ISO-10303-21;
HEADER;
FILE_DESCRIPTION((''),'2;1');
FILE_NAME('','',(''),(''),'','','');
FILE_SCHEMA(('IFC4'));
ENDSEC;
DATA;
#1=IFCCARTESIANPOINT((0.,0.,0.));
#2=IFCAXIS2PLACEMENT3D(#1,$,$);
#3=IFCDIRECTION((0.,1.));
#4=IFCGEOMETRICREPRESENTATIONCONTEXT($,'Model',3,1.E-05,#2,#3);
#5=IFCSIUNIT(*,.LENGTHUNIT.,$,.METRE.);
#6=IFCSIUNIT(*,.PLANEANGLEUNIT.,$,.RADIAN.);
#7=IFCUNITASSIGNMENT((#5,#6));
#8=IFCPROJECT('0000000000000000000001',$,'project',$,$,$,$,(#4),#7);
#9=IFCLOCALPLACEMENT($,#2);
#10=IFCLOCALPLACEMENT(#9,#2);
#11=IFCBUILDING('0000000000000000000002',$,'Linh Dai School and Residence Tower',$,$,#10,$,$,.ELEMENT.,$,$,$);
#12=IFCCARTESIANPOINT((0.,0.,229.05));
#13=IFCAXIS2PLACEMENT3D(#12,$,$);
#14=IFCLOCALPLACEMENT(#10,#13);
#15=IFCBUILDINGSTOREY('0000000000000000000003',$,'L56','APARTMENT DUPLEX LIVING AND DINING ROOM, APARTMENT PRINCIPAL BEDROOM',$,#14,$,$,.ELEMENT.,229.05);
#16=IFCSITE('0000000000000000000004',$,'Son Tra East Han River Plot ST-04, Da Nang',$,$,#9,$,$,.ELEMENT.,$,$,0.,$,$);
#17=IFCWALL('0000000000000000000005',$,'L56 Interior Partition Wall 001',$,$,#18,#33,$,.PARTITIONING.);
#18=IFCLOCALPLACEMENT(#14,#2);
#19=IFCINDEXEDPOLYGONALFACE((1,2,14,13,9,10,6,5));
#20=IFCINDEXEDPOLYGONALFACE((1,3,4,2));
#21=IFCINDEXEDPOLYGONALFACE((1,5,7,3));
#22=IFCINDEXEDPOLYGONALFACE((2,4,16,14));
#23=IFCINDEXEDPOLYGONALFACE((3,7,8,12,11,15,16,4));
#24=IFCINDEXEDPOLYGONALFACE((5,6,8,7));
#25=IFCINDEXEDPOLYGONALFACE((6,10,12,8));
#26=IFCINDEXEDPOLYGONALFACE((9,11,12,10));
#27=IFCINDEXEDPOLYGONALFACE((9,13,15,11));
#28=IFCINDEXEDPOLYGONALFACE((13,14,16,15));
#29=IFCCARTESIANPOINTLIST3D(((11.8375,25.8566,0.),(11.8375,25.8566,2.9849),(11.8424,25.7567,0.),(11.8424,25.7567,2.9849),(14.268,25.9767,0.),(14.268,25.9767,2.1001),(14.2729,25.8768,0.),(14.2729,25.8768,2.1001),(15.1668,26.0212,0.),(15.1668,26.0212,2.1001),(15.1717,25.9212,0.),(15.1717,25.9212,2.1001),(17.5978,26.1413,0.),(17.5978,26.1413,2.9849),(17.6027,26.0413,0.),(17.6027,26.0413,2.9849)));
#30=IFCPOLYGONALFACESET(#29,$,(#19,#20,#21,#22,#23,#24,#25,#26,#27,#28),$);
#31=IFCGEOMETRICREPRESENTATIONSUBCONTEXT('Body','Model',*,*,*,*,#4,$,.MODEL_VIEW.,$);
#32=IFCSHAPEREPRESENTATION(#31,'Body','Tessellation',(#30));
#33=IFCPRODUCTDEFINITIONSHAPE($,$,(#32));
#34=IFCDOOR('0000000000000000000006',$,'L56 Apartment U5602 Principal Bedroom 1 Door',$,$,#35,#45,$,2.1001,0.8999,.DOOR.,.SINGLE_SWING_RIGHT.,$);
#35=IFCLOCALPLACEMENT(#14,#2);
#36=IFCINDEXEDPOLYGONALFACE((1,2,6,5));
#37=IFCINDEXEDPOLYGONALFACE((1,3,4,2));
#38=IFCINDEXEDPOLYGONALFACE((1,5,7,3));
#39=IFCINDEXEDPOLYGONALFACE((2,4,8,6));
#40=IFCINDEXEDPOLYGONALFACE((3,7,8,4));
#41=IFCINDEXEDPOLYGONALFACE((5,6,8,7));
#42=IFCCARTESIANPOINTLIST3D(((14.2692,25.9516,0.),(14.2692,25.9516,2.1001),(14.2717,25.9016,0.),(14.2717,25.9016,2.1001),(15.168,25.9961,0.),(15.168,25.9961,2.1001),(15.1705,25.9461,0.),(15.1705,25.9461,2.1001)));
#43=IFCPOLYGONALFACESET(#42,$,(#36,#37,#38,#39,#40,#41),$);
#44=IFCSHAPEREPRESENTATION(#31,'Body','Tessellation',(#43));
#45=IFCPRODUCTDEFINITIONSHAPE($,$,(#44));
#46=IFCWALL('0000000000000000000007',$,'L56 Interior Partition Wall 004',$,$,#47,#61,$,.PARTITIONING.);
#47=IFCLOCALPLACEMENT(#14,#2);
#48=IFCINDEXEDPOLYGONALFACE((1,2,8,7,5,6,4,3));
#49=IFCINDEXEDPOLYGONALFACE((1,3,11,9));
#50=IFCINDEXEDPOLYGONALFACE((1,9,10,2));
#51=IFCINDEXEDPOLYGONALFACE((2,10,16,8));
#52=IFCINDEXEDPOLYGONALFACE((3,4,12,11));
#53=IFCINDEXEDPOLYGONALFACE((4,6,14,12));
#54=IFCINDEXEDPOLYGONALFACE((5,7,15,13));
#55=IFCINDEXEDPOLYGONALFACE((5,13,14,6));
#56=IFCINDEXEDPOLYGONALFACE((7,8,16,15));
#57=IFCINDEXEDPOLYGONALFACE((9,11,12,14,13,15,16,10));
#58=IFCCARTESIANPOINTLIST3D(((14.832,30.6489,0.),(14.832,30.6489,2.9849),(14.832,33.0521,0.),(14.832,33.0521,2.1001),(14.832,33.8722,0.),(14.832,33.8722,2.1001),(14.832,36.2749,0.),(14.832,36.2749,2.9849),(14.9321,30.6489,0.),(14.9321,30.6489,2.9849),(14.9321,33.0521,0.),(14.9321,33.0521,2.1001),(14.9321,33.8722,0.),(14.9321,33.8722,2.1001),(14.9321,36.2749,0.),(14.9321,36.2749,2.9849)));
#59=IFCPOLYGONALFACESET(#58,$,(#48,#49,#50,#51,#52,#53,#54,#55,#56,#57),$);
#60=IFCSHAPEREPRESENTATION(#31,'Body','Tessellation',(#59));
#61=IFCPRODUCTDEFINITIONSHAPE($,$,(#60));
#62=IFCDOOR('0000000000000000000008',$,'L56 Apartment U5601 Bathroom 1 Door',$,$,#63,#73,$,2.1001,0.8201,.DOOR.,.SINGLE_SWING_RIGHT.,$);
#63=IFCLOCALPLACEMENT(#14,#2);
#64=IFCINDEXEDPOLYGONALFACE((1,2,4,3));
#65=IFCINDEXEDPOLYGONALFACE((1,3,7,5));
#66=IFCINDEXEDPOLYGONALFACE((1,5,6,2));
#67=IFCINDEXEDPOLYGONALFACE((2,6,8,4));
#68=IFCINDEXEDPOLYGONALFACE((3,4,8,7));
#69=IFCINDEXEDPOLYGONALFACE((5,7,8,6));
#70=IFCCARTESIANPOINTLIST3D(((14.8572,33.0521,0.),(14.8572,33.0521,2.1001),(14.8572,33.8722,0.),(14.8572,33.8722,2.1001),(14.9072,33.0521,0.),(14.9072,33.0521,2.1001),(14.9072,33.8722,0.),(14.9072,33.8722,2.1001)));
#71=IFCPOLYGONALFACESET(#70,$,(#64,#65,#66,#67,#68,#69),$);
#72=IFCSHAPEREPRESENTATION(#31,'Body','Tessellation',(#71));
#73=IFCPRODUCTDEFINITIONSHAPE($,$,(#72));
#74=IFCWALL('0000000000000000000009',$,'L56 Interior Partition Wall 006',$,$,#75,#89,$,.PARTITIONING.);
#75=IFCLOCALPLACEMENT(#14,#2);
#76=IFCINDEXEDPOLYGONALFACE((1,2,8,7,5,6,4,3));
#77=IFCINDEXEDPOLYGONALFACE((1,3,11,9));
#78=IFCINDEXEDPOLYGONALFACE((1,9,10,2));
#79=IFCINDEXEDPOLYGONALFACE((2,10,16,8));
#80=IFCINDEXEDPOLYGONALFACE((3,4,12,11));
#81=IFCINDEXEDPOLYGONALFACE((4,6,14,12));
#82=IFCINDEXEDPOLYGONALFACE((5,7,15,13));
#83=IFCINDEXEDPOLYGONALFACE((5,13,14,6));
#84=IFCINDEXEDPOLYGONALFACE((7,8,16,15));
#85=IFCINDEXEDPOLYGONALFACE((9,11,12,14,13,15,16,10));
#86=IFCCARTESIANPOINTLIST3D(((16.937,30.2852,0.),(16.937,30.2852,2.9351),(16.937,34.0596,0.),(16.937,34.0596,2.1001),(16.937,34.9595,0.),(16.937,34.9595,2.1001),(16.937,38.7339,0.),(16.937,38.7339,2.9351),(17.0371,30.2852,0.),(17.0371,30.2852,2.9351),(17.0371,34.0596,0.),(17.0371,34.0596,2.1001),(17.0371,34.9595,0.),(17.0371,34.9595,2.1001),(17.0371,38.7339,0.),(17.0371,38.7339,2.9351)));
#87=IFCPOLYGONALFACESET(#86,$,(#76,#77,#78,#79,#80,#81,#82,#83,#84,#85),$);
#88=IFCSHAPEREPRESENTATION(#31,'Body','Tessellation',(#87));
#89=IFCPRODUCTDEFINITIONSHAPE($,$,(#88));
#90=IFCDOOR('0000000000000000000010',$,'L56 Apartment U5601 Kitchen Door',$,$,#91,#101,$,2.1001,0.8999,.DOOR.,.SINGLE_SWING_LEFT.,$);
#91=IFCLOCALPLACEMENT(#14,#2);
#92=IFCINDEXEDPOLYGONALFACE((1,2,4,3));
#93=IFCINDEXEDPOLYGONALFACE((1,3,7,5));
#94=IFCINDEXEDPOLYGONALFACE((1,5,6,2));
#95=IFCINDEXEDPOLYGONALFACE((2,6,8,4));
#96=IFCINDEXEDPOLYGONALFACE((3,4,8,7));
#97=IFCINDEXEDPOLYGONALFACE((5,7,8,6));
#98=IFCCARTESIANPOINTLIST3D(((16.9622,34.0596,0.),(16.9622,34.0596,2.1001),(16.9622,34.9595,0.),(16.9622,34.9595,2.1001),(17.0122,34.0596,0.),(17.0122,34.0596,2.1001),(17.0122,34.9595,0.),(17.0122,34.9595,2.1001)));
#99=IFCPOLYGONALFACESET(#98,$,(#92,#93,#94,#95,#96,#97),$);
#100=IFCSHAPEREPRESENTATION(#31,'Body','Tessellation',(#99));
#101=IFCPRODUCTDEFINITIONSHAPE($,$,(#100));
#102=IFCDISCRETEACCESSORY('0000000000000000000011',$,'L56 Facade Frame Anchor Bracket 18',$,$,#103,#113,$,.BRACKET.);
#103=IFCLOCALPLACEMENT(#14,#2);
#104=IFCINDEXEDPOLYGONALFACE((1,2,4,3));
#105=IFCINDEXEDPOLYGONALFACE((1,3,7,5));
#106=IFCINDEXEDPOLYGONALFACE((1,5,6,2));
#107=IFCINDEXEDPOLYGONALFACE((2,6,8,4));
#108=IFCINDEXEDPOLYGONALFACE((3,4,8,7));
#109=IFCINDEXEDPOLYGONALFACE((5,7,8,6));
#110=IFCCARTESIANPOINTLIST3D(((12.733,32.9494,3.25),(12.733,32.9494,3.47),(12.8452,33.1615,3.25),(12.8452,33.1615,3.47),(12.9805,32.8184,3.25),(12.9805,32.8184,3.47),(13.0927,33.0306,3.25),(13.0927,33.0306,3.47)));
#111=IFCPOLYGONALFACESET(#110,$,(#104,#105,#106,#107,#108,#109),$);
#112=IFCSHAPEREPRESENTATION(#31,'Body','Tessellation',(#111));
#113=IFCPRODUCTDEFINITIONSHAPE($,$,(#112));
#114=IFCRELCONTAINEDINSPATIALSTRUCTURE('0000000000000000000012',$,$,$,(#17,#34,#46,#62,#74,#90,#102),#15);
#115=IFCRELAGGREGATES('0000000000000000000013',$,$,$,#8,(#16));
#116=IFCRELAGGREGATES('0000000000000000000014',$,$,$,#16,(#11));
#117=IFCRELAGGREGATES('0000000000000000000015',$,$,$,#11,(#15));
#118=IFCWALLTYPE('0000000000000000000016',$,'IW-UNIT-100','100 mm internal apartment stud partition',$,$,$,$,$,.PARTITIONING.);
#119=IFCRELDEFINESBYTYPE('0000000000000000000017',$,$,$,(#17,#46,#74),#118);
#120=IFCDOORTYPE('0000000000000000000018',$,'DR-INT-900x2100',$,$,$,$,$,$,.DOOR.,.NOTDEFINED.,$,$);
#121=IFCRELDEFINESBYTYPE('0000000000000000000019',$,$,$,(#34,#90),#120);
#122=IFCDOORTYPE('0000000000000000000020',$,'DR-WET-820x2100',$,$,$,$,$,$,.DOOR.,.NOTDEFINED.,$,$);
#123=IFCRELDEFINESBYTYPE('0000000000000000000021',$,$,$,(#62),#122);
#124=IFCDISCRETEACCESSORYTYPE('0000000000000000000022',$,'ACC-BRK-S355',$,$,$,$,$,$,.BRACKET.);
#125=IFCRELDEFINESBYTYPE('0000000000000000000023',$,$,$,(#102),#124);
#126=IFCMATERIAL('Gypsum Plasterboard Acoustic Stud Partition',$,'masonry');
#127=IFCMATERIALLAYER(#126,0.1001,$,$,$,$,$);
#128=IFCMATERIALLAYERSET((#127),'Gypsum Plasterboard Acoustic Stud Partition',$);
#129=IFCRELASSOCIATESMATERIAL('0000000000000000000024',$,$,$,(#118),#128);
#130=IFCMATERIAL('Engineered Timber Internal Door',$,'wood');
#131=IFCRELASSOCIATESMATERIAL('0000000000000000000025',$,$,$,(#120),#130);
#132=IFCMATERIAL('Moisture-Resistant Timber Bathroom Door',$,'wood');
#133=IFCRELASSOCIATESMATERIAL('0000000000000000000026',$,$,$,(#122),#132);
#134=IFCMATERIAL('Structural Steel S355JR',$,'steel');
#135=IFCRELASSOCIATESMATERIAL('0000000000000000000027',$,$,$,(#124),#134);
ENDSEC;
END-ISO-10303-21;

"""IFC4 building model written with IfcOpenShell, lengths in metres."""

from ifc_helpers import new_model, si_unit, direction, frame, frame_2d, origin, origin_2d, place, context, subcontext, project, spatial, rectangle, extrude, source, transform, mapped, material, layer, layer_set, type_object, element, fill, save


model = new_model("IFC4")

# Units and contexts
model_context = context("Model", 3, precision=1e-05, world=origin(), true_north=direction((0.0, 1.0)))
body_context = subcontext(model_context, "Body", "Model", "MODEL_VIEW")
ifc_project = project(units=[si_unit("LENGTHUNIT", "METRE"), si_unit("PLANEANGLEUNIT", "RADIAN")], contexts=[model_context])

# Site, building, storey
site_placement = place(None, origin())
site = spatial("IfcSite", under=ifc_project, at=site_placement, Name="Son Tra East Han River Plot ST-04, Da Nang", CompositionType="ELEMENT", RefElevation=0.0)
building_placement = place(site_placement, origin())
building = spatial("IfcBuilding", under=site, at=building_placement, Name="Linh Dai School and Residence Tower", CompositionType="ELEMENT")
storey_placement = place(building_placement, frame((0.0, 0.0, 229.05)))
storey = spatial("IfcBuildingStorey", under=building, at=storey_placement, Name="L56", Description="APARTMENT DUPLEX LIVING AND DINING ROOM, APARTMENT PRINCIPAL BEDROOM", CompositionType="ELEMENT", Elevation=229.05)

# Shared definitions
ifc_material_1 = material(Name="Structural Steel S355JR", Category="steel")

# Walls, openings, doors
ifc_material_2 = material(Name="Gypsum Plasterboard Acoustic Stud Partition", Category="masonry")
ifc_layer_1 = layer(ifc_material_2, 0.1001)
ifc_layer_set_1 = layer_set([ifc_layer_1], Name="Gypsum Plasterboard Acoustic Stud Partition")
wall_type_1 = type_object("IfcWallType", Name="IW-UNIT-100", Description="100 mm internal apartment stud partition", PredefinedType="PARTITIONING", material=ifc_layer_set_1)
wall_1_placement = place(storey_placement, frame((11.8398, 25.8066, 0.0), z_axis=(0.0, 0.0, 1.0), x_axis=(0.998781, 0.049359, 0.0)))
wall_1 = element("IfcWall", 1, at=wall_1_placement, inside=storey, type_object=wall_type_1, Name="L56 Interior Partition Wall 001", PredefinedType="PARTITIONING", context=body_context, shape_type="SweptSolid", body=[
    extrude(rectangle(XDim=5.7673, YDim=0.1001, at=frame_2d((2.8838, 0.0))), origin(), (0.0, 0.0, 1.0), 2.9849),
])
opening_1_placement = place(wall_1_placement, frame((2.4336, 0.0, 0.0)))
opening_1 = element("IfcOpeningElement", 2, at=opening_1_placement, cuts=wall_1, PredefinedType="OPENING", context=body_context, shape_type="SweptSolid", body=[
    extrude(rectangle(XDim=0.8999, YDim=2.1001, at=origin_2d()), frame((0.45, 0.0601, 1.05), z_axis=(0.0, -1.0, 0.0), x_axis=(1.0, 0.0, 0.0)), (0.0, 0.0, 1.0), 0.1201),
])
ifc_material_3 = material(Name="Engineered Timber Internal Door", Category="wood")
door_type_1 = type_object("IfcDoorType", Name="DR-INT-900x2100", OperationType="NOTDEFINED", PredefinedType="DOOR", material=ifc_material_3)
shared_shape_1 = source(origin(), body_context, "Body", "SweptSolid", [
    extrude(rectangle(XDim=0.8999, YDim=2.1001, at=origin_2d()), frame((0.45, 0.0249, 1.05), z_axis=(0.0, -1.0, 0.0), x_axis=(1.0, 0.0, 0.0)), (0.0, 0.0, 1.0), 0.05),
])
door_1_placement = place(opening_1_placement, origin())
door_1 = element("IfcDoor", 3, at=door_1_placement, inside=storey, type_object=door_type_1, Name="L56 Apartment U5602 Principal Bedroom 1 Door", OperationType="SINGLE_SWING_RIGHT", OverallHeight=2.1001, OverallWidth=0.8999, PredefinedType="DOOR", context=body_context, shape_type="MappedRepresentation", body=[
    mapped(shared_shape_1, transform((0.0, 0.0, 0.0), x_axis=(1.0, 0.0, 0.0), y_axis=(0.0, 1.0, 0.0), z_axis=(0.0, 0.0, 1.0), scale=1.0)),
])
fill(opening_1, door_1)
wall_2_placement = place(storey_placement, frame((14.8821, 30.6489, 0.0), z_axis=(0.0, 0.0, 1.0), x_axis=(0.0, 1.0, 0.0)))
wall_2 = element("IfcWall", 4, at=wall_2_placement, inside=storey, type_object=wall_type_1, Name="L56 Interior Partition Wall 004", PredefinedType="PARTITIONING", context=body_context, shape_type="SweptSolid", body=[
    extrude(rectangle(XDim=5.626, YDim=0.1001, at=frame_2d((2.813, 0.0))), origin(), (0.0, 0.0, 1.0), 2.9849),
])
opening_2_placement = place(wall_2_placement, frame((2.4031, 0.0, 0.0)))
opening_2 = element("IfcOpeningElement", 5, at=opening_2_placement, cuts=wall_2, PredefinedType="OPENING", context=body_context, shape_type="SweptSolid", body=[
    extrude(rectangle(XDim=0.8201, YDim=2.1001, at=origin_2d()), frame((0.4102, 0.0601, 1.05), z_axis=(0.0, -1.0, 0.0), x_axis=(1.0, 0.0, 0.0)), (0.0, 0.0, 1.0), 0.1201),
])
ifc_material_4 = material(Name="Moisture-Resistant Timber Bathroom Door", Category="wood")
door_type_2 = type_object("IfcDoorType", Name="DR-WET-820x2100", OperationType="NOTDEFINED", PredefinedType="DOOR", material=ifc_material_4)
shared_shape_2 = source(origin(), body_context, "Body", "SweptSolid", [
    extrude(rectangle(XDim=0.8201, YDim=2.1001, at=origin_2d()), frame((0.4102, 0.0249, 1.05), z_axis=(0.0, -1.0, 0.0), x_axis=(1.0, 0.0, 0.0)), (0.0, 0.0, 1.0), 0.05),
])
door_2_placement = place(opening_2_placement, origin())
door_2 = element("IfcDoor", 6, at=door_2_placement, inside=storey, type_object=door_type_2, Name="L56 Apartment U5601 Bathroom 1 Door", OperationType="SINGLE_SWING_RIGHT", OverallHeight=2.1001, OverallWidth=0.8201, PredefinedType="DOOR", context=body_context, shape_type="MappedRepresentation", body=[
    mapped(shared_shape_2, transform((0.0, 0.0, 0.0), x_axis=(1.0, 0.0, 0.0), y_axis=(0.0, 1.0, 0.0), z_axis=(0.0, 0.0, 1.0), scale=1.0)),
])
fill(opening_2, door_2)
wall_3_placement = place(storey_placement, frame((16.9871, 30.2852, 0.0), z_axis=(0.0, 0.0, 1.0), x_axis=(0.0, 1.0, 0.0)))
wall_3 = element("IfcWall", 7, at=wall_3_placement, inside=storey, type_object=wall_type_1, Name="L56 Interior Partition Wall 006", PredefinedType="PARTITIONING", context=body_context, shape_type="SweptSolid", body=[
    extrude(rectangle(XDim=8.4487, YDim=0.1001, at=frame_2d((4.2244, 0.0))), origin(), (0.0, 0.0, 1.0), 2.9351),
])
opening_3_placement = place(wall_3_placement, frame((3.7744, 0.0, 0.0)))
opening_3 = element("IfcOpeningElement", 8, at=opening_3_placement, cuts=wall_3, PredefinedType="OPENING", context=body_context, shape_type="SweptSolid", body=[
    extrude(rectangle(XDim=0.8999, YDim=2.1001, at=origin_2d()), frame((0.45, 0.0601, 1.05), z_axis=(0.0, -1.0, 0.0), x_axis=(1.0, 0.0, 0.0)), (0.0, 0.0, 1.0), 0.1201),
])
door_3_placement = place(opening_3_placement, origin())
door_3 = element("IfcDoor", 9, at=door_3_placement, inside=storey, type_object=door_type_1, Name="L56 Apartment U5601 Kitchen Door", OperationType="SINGLE_SWING_LEFT", OverallHeight=2.1001, OverallWidth=0.8999, PredefinedType="DOOR", context=body_context, shape_type="MappedRepresentation", body=[
    mapped(shared_shape_1, transform((0.0, 0.0, 0.0), x_axis=(1.0, 0.0, 0.0), y_axis=(0.0, 1.0, 0.0), z_axis=(0.0, 0.0, 1.0), scale=1.0)),
])
fill(opening_3, door_3)

# Discrete accessory
discrete_accessory_type = type_object("IfcDiscreteAccessoryType", Name="ACC-BRK-S355", PredefinedType="BRACKET", material=ifc_material_1)
shared_shape_3 = source(origin(), body_context, "Body", "SweptSolid", [
    extrude(rectangle(XDim=0.28, YDim=0.24, at=origin_2d()), origin(), (0.0, 0.0, 1.0), 0.22),
])
discrete_accessory_placement = place(storey_placement, frame((12.9128, 32.99, 3.25), z_axis=(0.0, 0.0, 1.0), x_axis=(-0.883929, 0.467621, 0.0)))
element("IfcDiscreteAccessory", 10, at=discrete_accessory_placement, inside=storey, type_object=discrete_accessory_type, Name="L56 Facade Frame Anchor Bracket 18", PredefinedType="BRACKET", context=body_context, shape_type="MappedRepresentation", body=[
    mapped(shared_shape_3, transform((0.0, 0.0, 0.0), x_axis=(1.0, 0.0, 0.0), y_axis=(0.0, 1.0, 0.0), z_axis=(0.0, 0.0, 1.0), scale=1.0)),
])

save(model, "model.ifc")
